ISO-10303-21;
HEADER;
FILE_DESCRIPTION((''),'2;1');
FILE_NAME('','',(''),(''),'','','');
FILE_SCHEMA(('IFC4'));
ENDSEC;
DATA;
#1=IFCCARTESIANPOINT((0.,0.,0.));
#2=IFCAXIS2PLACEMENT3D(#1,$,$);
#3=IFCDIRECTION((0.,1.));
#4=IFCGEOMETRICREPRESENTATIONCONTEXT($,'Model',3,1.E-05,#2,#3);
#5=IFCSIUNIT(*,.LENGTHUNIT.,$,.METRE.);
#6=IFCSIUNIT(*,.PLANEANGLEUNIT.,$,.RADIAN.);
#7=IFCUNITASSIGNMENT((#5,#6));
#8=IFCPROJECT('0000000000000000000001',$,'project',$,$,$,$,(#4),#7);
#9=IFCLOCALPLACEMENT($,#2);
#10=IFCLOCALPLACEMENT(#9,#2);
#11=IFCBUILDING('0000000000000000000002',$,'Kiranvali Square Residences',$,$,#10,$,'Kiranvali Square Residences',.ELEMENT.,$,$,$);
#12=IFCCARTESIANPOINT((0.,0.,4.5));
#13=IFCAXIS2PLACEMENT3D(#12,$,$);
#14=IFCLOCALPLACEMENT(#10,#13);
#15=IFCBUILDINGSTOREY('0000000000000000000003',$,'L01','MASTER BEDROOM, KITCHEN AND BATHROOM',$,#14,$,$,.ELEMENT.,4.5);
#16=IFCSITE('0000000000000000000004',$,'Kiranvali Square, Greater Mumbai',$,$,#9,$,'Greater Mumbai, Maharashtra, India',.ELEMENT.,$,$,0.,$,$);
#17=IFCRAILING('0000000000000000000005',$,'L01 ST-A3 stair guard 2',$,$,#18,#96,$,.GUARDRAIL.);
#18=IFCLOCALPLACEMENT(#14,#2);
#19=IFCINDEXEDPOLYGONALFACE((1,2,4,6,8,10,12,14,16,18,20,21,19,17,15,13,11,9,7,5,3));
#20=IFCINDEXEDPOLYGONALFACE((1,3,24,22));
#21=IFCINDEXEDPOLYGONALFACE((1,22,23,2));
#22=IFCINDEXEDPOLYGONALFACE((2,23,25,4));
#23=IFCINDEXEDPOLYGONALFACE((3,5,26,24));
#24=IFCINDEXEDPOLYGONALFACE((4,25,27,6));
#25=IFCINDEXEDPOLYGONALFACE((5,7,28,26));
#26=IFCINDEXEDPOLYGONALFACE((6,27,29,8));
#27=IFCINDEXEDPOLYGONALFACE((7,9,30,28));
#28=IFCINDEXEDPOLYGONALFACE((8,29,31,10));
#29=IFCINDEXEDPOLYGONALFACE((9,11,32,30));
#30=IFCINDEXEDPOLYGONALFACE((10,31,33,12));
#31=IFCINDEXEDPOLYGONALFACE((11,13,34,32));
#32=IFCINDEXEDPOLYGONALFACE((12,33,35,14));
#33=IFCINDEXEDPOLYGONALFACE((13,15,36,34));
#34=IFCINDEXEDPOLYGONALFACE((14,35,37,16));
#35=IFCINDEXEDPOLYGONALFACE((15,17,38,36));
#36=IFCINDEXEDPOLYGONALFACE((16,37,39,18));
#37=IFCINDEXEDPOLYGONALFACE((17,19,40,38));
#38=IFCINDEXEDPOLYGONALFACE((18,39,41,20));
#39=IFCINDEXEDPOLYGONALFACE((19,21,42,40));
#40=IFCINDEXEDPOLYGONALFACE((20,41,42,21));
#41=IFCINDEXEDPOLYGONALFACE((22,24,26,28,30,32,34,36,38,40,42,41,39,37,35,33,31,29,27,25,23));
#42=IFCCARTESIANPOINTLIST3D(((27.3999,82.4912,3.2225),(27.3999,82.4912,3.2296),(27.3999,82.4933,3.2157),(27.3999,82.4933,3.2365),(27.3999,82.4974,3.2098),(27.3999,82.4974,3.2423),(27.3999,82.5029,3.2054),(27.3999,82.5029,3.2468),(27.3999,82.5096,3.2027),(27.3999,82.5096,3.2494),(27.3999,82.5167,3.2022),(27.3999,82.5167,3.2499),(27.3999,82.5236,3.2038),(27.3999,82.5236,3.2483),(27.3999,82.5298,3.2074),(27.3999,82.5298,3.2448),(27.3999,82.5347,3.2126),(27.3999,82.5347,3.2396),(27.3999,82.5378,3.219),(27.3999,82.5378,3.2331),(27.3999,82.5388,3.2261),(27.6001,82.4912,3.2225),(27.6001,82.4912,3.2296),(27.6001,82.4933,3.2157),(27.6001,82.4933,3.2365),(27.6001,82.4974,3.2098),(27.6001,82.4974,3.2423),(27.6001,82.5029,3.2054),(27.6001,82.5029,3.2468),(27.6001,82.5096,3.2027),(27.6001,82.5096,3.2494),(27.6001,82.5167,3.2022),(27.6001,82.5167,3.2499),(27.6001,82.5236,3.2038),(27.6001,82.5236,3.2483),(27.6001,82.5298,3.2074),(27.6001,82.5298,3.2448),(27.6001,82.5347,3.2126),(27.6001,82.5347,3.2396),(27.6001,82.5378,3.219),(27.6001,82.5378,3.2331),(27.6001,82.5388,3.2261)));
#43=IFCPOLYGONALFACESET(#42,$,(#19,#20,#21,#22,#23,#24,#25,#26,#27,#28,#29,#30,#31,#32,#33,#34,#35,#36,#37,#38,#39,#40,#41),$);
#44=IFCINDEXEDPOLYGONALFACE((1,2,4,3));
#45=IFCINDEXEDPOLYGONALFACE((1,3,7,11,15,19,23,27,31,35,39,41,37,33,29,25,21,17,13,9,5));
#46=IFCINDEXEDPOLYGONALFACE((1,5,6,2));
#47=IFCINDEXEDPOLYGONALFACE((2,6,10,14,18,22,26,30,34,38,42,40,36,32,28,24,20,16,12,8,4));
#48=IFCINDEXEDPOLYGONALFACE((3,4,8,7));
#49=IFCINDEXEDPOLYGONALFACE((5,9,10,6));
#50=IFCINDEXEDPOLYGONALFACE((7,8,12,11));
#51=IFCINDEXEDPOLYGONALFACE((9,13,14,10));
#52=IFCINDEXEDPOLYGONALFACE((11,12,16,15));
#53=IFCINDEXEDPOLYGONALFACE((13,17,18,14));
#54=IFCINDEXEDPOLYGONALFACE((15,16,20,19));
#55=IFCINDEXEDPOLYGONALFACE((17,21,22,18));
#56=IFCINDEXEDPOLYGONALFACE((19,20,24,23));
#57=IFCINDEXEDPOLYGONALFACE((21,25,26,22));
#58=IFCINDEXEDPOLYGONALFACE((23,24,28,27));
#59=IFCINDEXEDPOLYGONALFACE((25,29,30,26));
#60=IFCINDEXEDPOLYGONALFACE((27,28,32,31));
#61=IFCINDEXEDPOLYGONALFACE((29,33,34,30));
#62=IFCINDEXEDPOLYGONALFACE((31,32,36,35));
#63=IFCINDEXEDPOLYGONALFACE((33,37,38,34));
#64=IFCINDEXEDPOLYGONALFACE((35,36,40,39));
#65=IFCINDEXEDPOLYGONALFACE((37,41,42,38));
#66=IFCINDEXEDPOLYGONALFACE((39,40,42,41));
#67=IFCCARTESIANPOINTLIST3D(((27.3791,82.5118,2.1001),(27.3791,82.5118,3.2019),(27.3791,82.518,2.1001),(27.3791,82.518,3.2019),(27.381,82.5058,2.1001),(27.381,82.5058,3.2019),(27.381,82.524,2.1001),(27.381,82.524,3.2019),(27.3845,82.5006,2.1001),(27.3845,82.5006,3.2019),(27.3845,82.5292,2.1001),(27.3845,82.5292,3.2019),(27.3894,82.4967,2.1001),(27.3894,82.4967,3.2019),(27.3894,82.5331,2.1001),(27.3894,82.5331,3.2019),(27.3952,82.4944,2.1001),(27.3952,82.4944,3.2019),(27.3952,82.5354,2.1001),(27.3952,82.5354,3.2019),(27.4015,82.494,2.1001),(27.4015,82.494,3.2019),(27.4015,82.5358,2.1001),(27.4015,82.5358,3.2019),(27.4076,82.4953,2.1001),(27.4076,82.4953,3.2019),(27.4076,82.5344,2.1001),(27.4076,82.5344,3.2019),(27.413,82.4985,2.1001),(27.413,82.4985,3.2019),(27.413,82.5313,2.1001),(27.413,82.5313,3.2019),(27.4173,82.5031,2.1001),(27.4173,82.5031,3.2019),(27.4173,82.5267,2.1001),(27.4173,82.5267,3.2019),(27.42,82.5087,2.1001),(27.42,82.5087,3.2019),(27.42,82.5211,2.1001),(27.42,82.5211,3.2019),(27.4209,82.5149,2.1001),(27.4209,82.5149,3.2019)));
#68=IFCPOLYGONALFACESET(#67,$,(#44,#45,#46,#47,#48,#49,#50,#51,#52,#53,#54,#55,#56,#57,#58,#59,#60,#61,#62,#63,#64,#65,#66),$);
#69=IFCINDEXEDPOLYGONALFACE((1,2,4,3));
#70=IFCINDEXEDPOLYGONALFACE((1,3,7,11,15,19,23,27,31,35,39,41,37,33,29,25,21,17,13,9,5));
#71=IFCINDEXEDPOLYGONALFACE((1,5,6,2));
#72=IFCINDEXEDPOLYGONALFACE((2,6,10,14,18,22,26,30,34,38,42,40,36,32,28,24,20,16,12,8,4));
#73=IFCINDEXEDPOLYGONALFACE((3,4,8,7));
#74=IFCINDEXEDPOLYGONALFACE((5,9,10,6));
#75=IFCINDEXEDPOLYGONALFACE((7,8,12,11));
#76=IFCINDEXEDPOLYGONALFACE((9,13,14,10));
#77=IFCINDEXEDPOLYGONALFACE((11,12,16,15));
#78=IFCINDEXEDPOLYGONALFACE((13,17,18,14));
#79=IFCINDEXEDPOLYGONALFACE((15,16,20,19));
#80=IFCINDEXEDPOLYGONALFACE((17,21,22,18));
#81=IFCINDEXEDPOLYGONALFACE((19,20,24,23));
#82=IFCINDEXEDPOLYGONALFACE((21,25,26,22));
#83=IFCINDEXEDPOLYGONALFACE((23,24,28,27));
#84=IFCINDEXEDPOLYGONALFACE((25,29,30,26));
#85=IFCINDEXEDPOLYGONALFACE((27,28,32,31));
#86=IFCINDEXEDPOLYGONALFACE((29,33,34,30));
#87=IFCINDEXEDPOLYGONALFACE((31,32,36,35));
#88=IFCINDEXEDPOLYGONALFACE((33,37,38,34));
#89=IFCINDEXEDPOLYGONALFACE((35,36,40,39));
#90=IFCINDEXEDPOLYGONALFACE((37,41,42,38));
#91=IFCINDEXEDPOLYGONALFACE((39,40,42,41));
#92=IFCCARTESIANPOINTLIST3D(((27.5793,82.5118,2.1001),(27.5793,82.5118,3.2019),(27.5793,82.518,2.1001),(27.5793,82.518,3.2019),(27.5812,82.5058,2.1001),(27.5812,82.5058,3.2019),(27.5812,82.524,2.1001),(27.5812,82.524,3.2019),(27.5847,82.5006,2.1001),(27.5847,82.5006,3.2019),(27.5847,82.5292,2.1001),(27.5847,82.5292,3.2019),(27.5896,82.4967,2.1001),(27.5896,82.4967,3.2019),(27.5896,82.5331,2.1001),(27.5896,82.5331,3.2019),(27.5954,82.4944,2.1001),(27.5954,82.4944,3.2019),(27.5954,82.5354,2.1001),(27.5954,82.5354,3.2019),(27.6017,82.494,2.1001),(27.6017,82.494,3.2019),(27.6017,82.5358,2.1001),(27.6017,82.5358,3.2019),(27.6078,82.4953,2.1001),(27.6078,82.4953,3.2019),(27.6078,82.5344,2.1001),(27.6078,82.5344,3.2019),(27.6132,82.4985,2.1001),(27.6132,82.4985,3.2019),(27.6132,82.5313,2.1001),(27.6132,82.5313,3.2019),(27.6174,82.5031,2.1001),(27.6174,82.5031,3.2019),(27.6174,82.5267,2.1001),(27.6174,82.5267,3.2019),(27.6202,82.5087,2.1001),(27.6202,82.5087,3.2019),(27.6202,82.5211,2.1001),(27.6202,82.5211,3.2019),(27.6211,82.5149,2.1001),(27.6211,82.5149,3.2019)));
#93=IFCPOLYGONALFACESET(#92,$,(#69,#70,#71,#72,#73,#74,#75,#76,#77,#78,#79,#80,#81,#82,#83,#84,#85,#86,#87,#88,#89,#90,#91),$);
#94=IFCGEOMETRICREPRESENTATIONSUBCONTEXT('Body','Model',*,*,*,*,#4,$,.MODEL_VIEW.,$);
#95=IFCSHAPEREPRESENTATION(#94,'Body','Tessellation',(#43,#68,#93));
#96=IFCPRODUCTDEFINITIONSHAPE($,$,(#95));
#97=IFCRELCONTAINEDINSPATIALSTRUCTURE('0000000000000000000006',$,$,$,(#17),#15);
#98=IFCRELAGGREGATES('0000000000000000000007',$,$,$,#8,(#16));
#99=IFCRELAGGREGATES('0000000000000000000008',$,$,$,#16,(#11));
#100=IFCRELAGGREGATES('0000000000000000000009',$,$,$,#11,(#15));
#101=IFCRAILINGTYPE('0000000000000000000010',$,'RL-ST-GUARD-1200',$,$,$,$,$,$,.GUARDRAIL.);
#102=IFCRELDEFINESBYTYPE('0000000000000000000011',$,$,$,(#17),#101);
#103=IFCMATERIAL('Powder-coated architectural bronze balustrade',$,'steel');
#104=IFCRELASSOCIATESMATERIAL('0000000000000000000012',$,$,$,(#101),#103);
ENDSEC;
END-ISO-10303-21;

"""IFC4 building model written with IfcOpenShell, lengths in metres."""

from ifc_helpers import new_model, si_unit, direction, frame, origin, origin_2d, place, context, subcontext, project, spatial, circle, extrude, material, type_object, element, save


model = new_model("IFC4")

# Units and contexts
model_context = context("Model", 3, precision=1e-05, world=origin(), true_north=direction((0.0, 1.0)))
body_context = subcontext(model_context, "Body", "Model", "MODEL_VIEW")
ifc_project = project(units=[si_unit("LENGTHUNIT", "METRE"), si_unit("PLANEANGLEUNIT", "RADIAN")], contexts=[model_context])

# Site, building, storey
site_placement = place(None, origin())
site = spatial("IfcSite", under=ifc_project, at=site_placement, Name="Kiranvali Square, Greater Mumbai", LongName="Greater Mumbai, Maharashtra, India", CompositionType="ELEMENT", RefElevation=0.0)
building_placement = place(site_placement, origin())
building = spatial("IfcBuilding", under=site, at=building_placement, Name="Kiranvali Square Residences", LongName="Kiranvali Square Residences", CompositionType="ELEMENT")
storey_placement = place(building_placement, frame((0.0, 0.0, 4.5)))
storey = spatial("IfcBuildingStorey", under=building, at=storey_placement, Name="L01", Description="MASTER BEDROOM, KITCHEN AND BATHROOM", CompositionType="ELEMENT", Elevation=4.5)

# Railing
ifc_material_1 = material(Name="Powder-coated architectural bronze balustrade", Category="steel")
railing_type_1 = type_object("IfcRailingType", Name="RL-ST-GUARD-1200", PredefinedType="GUARDRAIL", material=ifc_material_1)
railing_1_placement = place(storey_placement, frame((27.3999, 82.5149, 2.1001)))
element("IfcRailing", 1, at=railing_1_placement, inside=storey, type_object=railing_type_1, Name="L01 ST-A3 stair guard 2", PredefinedType="GUARDRAIL", context=body_context, shape_type="SweptSolid", body=[
    extrude(circle(Radius=0.0239, at=origin_2d()), frame((0.0, 0.0, 1.126), z_axis=(1.0, 0.0, 0.0), x_axis=(0.0, 1.0, 0.0)), (0.0, 0.0, 1.0), 0.2002),
    extrude(circle(Radius=0.021, at=origin_2d()), origin(), (0.0, 0.0, 1.0), 1.1018),
    extrude(circle(Radius=0.021, at=origin_2d()), frame((0.2002, 0.0, 0.0)), (0.0, 0.0, 1.0), 1.1018),
])

save(model, "model.ifc")
